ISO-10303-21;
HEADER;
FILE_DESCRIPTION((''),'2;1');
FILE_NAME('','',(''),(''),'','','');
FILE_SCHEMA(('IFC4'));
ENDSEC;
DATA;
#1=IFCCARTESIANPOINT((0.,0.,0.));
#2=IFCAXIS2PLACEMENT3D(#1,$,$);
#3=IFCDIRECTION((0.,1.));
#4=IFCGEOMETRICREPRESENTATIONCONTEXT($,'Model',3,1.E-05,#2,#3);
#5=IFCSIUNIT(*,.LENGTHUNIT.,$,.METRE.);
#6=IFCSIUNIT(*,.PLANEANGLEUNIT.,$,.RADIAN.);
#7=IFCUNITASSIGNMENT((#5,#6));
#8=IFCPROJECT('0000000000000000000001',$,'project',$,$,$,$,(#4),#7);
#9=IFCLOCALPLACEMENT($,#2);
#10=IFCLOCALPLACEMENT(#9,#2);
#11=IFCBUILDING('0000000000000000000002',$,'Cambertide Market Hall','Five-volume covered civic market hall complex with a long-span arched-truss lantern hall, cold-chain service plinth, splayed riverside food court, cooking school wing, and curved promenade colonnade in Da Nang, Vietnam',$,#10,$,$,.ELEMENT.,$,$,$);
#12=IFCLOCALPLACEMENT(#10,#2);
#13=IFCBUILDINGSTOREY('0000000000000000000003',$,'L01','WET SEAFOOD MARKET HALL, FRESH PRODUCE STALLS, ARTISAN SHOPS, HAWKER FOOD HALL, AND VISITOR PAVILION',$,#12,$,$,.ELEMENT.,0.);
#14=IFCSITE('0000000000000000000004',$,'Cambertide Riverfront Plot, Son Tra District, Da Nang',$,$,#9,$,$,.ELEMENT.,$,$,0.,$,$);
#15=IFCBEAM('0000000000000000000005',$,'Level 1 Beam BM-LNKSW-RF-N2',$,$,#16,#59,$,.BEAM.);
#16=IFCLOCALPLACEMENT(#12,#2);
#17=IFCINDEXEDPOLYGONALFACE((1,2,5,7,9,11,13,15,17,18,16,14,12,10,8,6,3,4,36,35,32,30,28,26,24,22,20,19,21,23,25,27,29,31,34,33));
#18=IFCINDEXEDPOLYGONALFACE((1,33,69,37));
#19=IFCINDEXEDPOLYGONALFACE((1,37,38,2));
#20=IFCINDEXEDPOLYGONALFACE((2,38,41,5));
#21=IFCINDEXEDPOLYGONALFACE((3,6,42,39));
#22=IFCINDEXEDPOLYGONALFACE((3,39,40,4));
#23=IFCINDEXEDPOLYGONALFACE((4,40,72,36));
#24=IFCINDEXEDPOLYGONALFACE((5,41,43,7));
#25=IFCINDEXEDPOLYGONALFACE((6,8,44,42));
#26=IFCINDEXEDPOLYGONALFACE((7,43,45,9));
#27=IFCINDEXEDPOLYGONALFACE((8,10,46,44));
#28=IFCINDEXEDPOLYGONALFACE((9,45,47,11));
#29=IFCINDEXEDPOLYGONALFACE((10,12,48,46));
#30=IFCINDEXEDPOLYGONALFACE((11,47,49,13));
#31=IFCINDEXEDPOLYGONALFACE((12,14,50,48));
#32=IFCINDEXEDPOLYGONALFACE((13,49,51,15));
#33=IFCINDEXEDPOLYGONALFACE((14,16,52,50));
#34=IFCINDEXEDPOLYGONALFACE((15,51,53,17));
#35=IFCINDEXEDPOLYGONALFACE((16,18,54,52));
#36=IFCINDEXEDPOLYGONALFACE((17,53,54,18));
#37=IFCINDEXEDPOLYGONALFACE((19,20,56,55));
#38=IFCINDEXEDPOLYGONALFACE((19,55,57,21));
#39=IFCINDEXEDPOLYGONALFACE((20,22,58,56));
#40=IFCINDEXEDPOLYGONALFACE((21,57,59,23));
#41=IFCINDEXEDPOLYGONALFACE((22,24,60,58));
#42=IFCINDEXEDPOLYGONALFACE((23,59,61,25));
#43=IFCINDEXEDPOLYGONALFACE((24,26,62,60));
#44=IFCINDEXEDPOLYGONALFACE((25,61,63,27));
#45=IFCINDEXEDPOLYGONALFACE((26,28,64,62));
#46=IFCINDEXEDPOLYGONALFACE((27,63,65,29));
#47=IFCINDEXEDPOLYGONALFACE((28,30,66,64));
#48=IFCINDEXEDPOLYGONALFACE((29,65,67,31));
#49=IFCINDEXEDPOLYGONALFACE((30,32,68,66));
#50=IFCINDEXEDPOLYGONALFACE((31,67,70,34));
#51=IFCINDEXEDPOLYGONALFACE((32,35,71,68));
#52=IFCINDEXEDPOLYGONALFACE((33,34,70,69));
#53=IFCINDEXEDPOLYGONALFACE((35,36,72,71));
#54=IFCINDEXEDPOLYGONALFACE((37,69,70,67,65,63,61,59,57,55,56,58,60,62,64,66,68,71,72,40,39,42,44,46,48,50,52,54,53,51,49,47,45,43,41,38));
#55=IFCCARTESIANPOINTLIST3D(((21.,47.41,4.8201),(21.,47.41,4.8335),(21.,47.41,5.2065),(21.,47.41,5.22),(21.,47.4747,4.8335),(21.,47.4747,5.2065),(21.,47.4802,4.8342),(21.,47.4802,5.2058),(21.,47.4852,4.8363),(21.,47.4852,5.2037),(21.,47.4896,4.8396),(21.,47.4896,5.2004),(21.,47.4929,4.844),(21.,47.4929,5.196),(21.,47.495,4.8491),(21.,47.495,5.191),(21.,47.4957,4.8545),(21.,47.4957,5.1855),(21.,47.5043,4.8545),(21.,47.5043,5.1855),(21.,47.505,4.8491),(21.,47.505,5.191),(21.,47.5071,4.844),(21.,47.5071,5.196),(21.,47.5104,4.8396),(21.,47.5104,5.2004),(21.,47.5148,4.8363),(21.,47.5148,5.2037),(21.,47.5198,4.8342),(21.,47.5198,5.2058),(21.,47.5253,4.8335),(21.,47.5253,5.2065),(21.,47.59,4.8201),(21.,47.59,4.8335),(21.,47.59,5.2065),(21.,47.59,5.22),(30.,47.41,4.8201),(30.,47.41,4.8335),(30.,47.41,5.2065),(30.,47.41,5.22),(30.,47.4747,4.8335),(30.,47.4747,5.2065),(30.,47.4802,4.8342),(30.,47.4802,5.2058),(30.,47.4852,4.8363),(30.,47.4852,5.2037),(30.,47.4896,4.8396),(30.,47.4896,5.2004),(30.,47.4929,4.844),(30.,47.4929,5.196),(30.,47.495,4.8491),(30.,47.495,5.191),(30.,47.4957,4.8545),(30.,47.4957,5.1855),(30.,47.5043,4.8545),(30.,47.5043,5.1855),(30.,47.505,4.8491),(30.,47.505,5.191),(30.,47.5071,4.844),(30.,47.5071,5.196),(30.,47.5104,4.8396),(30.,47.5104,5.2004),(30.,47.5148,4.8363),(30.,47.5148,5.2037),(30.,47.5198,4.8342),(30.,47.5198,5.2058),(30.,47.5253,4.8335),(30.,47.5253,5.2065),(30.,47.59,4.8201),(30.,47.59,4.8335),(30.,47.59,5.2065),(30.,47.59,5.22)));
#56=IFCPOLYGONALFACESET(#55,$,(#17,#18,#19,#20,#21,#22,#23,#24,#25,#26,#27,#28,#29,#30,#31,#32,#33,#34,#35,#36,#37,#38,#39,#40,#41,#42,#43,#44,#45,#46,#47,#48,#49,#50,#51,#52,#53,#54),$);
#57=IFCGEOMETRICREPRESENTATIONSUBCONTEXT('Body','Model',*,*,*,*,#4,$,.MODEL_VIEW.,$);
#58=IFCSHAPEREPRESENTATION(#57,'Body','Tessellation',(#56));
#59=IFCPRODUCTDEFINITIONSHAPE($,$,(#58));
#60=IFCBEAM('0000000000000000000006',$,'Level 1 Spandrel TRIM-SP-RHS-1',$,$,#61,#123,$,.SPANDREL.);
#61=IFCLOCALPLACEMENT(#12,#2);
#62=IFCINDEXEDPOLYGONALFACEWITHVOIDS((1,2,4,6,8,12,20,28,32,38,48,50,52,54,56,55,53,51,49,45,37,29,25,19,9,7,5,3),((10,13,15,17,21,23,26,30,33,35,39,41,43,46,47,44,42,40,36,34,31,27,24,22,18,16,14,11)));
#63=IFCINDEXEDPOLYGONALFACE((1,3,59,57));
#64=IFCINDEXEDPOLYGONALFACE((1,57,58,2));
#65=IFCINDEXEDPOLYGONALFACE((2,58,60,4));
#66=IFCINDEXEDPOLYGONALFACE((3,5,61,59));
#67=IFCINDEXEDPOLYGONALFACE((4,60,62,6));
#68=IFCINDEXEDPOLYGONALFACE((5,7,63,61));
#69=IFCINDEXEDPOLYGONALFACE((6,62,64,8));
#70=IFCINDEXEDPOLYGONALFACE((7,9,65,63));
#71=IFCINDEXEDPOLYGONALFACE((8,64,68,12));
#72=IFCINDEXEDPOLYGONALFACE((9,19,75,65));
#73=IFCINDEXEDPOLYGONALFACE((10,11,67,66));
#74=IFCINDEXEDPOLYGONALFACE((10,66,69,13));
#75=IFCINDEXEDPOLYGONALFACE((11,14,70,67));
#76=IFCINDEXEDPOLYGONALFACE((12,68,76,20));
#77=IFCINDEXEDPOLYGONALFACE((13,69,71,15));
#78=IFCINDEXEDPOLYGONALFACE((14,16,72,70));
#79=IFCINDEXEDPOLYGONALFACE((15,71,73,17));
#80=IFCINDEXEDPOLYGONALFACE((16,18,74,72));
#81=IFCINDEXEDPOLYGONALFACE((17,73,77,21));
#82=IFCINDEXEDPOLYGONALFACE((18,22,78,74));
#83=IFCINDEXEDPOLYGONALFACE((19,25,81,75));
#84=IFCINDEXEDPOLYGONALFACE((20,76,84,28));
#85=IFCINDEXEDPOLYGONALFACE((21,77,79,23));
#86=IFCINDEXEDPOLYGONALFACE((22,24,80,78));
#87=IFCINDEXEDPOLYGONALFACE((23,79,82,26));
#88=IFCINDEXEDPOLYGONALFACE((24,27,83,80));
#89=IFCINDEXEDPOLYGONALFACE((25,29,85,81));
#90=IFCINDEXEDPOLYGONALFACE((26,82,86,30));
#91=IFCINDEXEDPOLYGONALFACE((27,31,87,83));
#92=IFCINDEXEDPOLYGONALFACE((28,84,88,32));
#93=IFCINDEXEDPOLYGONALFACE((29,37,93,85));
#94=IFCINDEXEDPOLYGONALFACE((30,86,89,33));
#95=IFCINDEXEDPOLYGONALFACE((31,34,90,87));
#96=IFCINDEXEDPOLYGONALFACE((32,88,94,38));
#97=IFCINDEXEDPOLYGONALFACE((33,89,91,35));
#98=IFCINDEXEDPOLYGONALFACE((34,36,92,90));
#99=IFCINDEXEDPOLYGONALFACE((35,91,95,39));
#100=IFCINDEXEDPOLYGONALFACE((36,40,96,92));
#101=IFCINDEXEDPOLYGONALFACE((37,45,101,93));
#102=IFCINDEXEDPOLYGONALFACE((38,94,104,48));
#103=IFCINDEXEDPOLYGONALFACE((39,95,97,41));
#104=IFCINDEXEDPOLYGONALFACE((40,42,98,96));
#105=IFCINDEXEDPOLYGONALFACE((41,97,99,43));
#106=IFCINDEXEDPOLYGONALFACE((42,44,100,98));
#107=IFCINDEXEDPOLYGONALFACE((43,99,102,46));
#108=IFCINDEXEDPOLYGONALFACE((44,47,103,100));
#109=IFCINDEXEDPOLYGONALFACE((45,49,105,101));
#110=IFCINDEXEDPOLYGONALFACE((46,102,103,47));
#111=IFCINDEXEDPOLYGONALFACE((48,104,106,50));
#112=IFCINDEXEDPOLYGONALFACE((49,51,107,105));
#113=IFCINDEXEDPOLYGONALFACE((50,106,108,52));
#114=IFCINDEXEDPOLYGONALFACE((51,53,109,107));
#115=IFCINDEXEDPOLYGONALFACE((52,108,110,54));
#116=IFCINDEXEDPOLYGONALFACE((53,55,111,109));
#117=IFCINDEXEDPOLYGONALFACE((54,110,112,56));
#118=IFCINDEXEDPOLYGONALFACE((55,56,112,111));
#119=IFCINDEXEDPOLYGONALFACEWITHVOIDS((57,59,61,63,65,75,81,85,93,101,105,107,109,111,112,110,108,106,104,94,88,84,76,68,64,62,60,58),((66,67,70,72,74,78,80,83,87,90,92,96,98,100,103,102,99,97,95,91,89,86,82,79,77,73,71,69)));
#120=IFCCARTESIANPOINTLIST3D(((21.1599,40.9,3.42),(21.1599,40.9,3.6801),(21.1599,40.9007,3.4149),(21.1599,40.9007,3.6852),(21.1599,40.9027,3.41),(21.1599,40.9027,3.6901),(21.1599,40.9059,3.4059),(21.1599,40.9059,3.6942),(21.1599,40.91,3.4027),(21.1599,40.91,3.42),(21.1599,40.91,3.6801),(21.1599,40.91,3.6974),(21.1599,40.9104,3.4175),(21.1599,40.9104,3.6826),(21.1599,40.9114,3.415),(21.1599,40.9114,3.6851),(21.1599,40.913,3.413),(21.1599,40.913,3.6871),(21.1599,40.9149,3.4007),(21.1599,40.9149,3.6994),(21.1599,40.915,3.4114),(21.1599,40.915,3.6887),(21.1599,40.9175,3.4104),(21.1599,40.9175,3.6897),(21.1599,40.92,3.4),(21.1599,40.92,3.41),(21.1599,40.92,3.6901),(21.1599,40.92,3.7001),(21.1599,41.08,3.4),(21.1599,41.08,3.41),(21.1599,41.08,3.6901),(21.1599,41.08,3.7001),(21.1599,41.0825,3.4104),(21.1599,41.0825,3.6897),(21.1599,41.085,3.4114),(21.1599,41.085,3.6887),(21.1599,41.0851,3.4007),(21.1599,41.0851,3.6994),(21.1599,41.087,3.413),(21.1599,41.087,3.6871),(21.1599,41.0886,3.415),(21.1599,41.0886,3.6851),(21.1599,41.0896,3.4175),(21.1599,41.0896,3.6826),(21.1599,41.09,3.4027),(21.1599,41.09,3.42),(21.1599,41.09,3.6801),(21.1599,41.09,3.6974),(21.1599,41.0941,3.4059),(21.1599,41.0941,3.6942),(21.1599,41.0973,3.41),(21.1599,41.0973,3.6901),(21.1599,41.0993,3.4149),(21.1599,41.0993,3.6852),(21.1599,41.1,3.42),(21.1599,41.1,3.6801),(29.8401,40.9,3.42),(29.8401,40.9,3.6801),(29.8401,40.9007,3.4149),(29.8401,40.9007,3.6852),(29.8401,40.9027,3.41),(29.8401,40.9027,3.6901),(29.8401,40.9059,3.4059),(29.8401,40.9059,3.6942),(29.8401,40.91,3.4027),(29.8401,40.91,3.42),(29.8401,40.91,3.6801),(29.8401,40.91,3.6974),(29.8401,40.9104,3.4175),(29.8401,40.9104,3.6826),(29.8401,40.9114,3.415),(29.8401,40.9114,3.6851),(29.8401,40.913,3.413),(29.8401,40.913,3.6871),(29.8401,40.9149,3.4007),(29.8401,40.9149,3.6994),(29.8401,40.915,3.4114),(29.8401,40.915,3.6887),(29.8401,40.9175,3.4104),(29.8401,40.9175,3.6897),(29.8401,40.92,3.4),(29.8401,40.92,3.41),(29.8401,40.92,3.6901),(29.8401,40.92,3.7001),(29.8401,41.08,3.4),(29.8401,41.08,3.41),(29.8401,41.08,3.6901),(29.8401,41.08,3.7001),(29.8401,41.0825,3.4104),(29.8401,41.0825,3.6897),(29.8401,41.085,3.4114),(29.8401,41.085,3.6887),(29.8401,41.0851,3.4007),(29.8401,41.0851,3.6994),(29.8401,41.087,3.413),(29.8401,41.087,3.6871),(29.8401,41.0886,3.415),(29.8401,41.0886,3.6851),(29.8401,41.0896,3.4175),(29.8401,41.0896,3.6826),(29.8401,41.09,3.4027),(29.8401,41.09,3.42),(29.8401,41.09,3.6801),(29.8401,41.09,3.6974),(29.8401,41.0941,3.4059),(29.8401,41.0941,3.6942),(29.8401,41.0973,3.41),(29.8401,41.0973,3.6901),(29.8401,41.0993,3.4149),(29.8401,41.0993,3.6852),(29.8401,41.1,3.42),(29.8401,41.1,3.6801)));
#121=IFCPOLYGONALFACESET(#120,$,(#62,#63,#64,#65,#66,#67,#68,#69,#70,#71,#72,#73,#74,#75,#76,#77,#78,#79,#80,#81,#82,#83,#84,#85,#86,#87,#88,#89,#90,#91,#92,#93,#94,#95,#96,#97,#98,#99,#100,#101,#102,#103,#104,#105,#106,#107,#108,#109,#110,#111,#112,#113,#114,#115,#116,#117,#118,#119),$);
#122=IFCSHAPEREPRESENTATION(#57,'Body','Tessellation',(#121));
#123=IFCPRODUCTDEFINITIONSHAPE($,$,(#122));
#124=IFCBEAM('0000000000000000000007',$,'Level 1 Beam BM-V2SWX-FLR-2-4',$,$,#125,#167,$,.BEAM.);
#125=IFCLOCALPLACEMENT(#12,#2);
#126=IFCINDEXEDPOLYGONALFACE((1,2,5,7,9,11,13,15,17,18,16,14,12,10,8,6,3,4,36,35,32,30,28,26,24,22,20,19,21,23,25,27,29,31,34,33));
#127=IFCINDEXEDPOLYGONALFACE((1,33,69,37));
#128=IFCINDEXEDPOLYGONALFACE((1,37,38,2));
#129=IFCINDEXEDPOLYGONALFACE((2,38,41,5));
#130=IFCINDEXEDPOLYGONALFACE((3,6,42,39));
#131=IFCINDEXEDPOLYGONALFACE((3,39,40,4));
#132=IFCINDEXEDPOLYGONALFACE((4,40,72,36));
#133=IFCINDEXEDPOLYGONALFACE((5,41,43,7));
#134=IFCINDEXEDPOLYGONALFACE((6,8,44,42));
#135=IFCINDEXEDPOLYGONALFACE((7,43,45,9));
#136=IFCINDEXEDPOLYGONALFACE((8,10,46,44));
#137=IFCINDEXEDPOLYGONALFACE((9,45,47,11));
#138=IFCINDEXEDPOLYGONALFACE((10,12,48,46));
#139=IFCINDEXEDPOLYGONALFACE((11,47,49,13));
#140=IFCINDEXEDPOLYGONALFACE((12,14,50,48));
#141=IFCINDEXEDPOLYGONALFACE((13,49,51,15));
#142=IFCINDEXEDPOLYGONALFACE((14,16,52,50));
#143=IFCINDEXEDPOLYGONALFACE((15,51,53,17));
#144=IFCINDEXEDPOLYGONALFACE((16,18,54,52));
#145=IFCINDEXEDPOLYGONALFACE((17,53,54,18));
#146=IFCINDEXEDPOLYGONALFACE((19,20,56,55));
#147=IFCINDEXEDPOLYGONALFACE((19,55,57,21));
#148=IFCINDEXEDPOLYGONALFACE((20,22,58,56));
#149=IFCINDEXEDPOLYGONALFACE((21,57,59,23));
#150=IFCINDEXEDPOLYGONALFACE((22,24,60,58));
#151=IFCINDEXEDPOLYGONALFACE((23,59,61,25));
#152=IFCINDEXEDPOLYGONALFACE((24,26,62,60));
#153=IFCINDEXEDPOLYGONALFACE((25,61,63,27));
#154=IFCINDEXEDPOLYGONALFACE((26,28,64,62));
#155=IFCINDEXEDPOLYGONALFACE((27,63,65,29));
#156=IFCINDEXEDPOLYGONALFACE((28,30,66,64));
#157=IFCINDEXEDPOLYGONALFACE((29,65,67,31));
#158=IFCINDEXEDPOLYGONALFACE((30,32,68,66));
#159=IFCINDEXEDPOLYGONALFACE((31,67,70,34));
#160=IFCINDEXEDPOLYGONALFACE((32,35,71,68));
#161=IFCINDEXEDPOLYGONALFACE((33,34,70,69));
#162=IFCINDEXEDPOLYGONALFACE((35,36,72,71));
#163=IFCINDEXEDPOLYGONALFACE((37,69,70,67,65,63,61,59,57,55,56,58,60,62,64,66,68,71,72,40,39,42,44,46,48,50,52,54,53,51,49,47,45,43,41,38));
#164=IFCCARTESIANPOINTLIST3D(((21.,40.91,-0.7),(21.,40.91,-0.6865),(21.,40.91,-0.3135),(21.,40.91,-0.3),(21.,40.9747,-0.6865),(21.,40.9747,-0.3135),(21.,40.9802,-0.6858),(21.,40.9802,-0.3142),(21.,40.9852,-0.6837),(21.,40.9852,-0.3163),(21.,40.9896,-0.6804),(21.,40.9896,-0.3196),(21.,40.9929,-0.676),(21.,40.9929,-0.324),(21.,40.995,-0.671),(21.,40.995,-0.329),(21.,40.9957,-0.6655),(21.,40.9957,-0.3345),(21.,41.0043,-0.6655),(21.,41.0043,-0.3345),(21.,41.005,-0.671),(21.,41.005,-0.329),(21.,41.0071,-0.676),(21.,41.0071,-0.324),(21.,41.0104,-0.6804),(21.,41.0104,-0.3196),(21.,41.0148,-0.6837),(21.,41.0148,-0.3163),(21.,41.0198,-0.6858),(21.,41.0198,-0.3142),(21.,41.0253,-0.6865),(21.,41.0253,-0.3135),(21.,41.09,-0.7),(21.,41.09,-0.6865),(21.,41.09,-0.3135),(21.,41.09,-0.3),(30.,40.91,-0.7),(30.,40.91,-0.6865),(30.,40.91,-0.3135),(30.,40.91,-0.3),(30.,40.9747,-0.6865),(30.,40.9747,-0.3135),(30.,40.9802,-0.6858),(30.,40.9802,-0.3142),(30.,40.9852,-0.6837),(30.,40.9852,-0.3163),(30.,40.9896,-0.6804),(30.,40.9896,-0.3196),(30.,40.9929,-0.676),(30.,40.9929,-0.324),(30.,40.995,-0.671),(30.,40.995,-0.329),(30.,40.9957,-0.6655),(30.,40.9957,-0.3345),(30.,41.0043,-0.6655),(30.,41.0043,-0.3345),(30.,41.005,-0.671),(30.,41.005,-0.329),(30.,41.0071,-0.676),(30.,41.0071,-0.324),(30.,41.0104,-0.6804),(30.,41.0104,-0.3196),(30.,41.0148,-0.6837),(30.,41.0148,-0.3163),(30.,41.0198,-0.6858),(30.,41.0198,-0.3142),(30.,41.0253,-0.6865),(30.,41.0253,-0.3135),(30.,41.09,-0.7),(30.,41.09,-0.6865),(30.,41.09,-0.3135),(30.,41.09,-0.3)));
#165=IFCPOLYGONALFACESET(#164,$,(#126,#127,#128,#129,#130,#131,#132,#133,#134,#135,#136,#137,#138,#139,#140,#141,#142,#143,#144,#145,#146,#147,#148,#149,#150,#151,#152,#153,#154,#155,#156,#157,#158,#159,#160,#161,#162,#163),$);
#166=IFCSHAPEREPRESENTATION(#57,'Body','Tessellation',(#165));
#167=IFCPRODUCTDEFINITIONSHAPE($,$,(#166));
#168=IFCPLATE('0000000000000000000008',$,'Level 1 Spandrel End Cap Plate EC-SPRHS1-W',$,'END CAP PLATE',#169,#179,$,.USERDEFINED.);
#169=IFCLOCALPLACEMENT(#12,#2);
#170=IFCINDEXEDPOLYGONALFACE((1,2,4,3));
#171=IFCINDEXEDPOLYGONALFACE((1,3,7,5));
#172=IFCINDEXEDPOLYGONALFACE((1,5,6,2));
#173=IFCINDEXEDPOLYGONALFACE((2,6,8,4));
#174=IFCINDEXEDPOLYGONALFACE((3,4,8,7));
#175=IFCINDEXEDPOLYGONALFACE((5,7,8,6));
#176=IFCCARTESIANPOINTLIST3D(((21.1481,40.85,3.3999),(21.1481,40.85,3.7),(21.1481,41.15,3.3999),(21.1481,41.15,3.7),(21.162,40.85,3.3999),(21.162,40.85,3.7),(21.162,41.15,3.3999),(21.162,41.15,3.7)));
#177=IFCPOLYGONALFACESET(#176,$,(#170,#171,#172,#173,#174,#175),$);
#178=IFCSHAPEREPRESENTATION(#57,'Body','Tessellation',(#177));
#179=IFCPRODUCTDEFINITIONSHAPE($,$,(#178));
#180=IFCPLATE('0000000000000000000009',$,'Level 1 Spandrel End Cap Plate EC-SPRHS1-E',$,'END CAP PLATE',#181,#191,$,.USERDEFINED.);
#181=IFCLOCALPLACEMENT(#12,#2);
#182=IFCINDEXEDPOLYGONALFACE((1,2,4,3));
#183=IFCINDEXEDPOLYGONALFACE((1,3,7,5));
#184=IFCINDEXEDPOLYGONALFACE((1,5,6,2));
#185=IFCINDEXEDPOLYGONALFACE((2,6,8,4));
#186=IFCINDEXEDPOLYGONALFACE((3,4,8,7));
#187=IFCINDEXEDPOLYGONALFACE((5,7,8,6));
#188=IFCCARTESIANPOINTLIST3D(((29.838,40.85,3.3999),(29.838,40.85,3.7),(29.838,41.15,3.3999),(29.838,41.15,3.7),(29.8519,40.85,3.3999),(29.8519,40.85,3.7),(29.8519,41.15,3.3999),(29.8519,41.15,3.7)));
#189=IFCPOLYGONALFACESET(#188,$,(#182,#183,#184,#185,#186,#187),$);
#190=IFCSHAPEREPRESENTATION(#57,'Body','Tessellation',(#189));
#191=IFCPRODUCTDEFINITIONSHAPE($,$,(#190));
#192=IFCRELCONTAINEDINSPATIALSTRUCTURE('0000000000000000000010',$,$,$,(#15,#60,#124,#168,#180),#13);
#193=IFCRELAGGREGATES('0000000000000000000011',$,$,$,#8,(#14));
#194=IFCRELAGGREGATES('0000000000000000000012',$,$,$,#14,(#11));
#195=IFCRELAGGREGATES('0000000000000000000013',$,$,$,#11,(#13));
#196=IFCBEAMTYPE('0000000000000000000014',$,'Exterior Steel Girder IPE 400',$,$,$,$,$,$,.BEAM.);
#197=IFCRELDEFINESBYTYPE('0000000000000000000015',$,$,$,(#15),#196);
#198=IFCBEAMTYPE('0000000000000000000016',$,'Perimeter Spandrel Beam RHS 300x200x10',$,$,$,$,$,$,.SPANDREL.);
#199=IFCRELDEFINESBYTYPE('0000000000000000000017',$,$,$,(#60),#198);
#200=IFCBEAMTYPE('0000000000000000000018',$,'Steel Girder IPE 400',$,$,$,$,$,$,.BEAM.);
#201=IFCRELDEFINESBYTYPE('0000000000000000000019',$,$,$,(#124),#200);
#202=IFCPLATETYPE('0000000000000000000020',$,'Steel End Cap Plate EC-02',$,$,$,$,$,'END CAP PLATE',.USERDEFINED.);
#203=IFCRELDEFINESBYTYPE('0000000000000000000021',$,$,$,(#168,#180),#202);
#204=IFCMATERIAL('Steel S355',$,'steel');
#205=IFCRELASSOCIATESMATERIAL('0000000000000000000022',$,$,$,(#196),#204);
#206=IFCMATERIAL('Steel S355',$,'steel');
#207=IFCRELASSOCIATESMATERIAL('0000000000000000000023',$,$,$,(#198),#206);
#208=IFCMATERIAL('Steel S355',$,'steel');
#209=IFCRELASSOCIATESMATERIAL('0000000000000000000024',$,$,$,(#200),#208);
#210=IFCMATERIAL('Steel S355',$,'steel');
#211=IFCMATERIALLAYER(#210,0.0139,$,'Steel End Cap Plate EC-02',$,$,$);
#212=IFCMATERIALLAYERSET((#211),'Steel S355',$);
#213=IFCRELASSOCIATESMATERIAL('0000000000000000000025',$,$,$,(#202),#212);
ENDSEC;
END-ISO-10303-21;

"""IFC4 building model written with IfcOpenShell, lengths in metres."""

from ifc_helpers import new_model, si_unit, direction, frame, origin, origin_2d, place, context, subcontext, project, spatial, rectangle, hollow_rectangle, i_section, extrude, material, layer, layer_set, material_profile, profile_set, type_object, element, save


model = new_model("IFC4")

# Units and contexts
model_context = context("Model", 3, precision=1e-05, world=origin(), true_north=direction((0.0, 1.0)))
body_context = subcontext(model_context, "Body", "Model", "MODEL_VIEW")
ifc_project = project(units=[si_unit("LENGTHUNIT", "METRE"), si_unit("PLANEANGLEUNIT", "RADIAN")], contexts=[model_context])

# Site, building, storey
site_placement = place(None, origin())
site = spatial("IfcSite", under=ifc_project, at=site_placement, Name="Cambertide Riverfront Plot, Son Tra District, Da Nang", CompositionType="ELEMENT", RefElevation=0.0)
building_placement = place(site_placement, origin())
building = spatial("IfcBuilding", under=site, at=building_placement, Name="Cambertide Market Hall", Description="Five-volume covered civic market hall complex with a long-span arched-truss lantern hall, cold-chain service plinth, splayed riverside food court, cooking school wing, and curved promenade colonnade in Da Nang, Vietnam", CompositionType="ELEMENT")
storey_placement = place(building_placement, origin())
storey = spatial("IfcBuildingStorey", under=building, at=storey_placement, Name="L01", Description="WET SEAFOOD MARKET HALL, FRESH PRODUCE STALLS, ARTISAN SHOPS, HAWKER FOOD HALL, AND VISITOR PAVILION", CompositionType="ELEMENT", Elevation=0.0)

# Beams
ifc_material_1 = material(Name="Steel S355", Category="steel")
ifc_material_profile_1 = material_profile(ifc_material_1, i_section(OverallWidth=0.1799, OverallDepth=0.3999, WebThickness=0.0085, FlangeThickness=0.0134, FilletRadius=0.021, at=origin_2d()), Name="IPE 400")
ifc_profile_set_1 = profile_set([ifc_material_profile_1], Name="Steel S355")
beam_type_1 = type_object("IfcBeamType", Name="Exterior Steel Girder IPE 400", PredefinedType="BEAM", material=ifc_profile_set_1)
for number, where, z_axis, x_axis, name in (
    (1, (21.0, 47.5, 5.02), (1.0, 0.0, 0.0), (0.0, 1.0, 0.0), "Level 1 Beam BM-LNKSW-RF-N2"),
):
    element("IfcBeam", number, at=place(storey_placement, frame(where, z_axis=z_axis, x_axis=x_axis)), inside=storey, type_object=beam_type_1, Name=name, PredefinedType="BEAM", context=body_context, shape_type="SweptSolid", body=[
        extrude(i_section(OverallWidth=0.1799, OverallDepth=0.3999, WebThickness=0.0085, FlangeThickness=0.0134, FilletRadius=0.021, at=origin_2d()), origin(), (0.0, 0.0, 1.0), 9.0),
    ])
ifc_material_2 = material(Name="Steel S355", Category="steel")
ifc_material_profile_2 = material_profile(ifc_material_2, hollow_rectangle(XDim=0.2, YDim=0.3, WallThickness=0.01, InnerFilletRadius=0.01, OuterFilletRadius=0.02, at=origin_2d()), Name="RHS 300x200x10")
ifc_profile_set_2 = profile_set([ifc_material_profile_2], Name="Steel S355")
beam_type_2 = type_object("IfcBeamType", Name="Perimeter Spandrel Beam RHS 300x200x10", PredefinedType="SPANDREL", material=ifc_profile_set_2)
beam_1_placement = place(storey_placement, frame((21.1599, 41.0, 3.55), z_axis=(1.0, 0.0, 0.0), x_axis=(0.0, 1.0, 0.0)))
element("IfcBeam", 2, at=beam_1_placement, inside=storey, type_object=beam_type_2, Name="Level 1 Spandrel TRIM-SP-RHS-1", PredefinedType="SPANDREL", context=body_context, shape_type="SweptSolid", body=[
    extrude(hollow_rectangle(XDim=0.2, YDim=0.3, WallThickness=0.01, InnerFilletRadius=0.01, OuterFilletRadius=0.02, at=origin_2d()), origin(), (0.0, 0.0, 1.0), 8.6802),
])
ifc_material_3 = material(Name="Steel S355", Category="steel")
ifc_material_profile_3 = material_profile(ifc_material_3, i_section(OverallWidth=0.1799, OverallDepth=0.3999, WebThickness=0.0085, FlangeThickness=0.0134, FilletRadius=0.021, at=origin_2d()), Name="IPE 400")
ifc_profile_set_3 = profile_set([ifc_material_profile_3], Name="Steel S355")
beam_type_3 = type_object("IfcBeamType", Name="Steel Girder IPE 400", PredefinedType="BEAM", material=ifc_profile_set_3)
beam_2_placement = place(storey_placement, frame((21.0, 41.0, -0.5), z_axis=(1.0, 0.0, 0.0), x_axis=(0.0, 1.0, 0.0)))
element("IfcBeam", 3, at=beam_2_placement, inside=storey, type_object=beam_type_3, Name="Level 1 Beam BM-V2SWX-FLR-2-4", PredefinedType="BEAM", context=body_context, shape_type="SweptSolid", body=[
    extrude(i_section(OverallWidth=0.1799, OverallDepth=0.3999, WebThickness=0.0085, FlangeThickness=0.0134, FilletRadius=0.021, at=origin_2d()), origin(), (0.0, 0.0, 1.0), 9.0),
])

# Plates
ifc_material_4 = material(Name="Steel S355", Category="steel")
ifc_layer_1 = layer(ifc_material_4, 0.0139, Name="Steel End Cap Plate EC-02")
ifc_layer_set_1 = layer_set([ifc_layer_1], Name="Steel S355")
plate_type = type_object("IfcPlateType", Name="Steel End Cap Plate EC-02", ElementType="END CAP PLATE", PredefinedType="USERDEFINED", material=ifc_layer_set_1)
for number, where, z_axis, x_axis, name in (
    (4, (21.155, 41.0, 3.3999), (0.0, 0.0, 1.0), (1.0, 0.0, 0.0), "Level 1 Spandrel End Cap Plate EC-SPRHS1-W"),
    (5, (29.845, 41.0, 3.3999), (0.0, 0.0, 1.0), (1.0, 0.0, 0.0), "Level 1 Spandrel End Cap Plate EC-SPRHS1-E"),
):
    element("IfcPlate", number, at=place(storey_placement, frame(where, z_axis=z_axis, x_axis=x_axis)), inside=storey, type_object=plate_type, Name=name, ObjectType="END CAP PLATE", PredefinedType="USERDEFINED", context=body_context, shape_type="SweptSolid", body=[
        extrude(rectangle(XDim=0.0139, YDim=0.3, at=origin_2d()), origin(), (0.0, 0.0, 1.0), 0.3),
    ])

save(model, "model.ifc")
